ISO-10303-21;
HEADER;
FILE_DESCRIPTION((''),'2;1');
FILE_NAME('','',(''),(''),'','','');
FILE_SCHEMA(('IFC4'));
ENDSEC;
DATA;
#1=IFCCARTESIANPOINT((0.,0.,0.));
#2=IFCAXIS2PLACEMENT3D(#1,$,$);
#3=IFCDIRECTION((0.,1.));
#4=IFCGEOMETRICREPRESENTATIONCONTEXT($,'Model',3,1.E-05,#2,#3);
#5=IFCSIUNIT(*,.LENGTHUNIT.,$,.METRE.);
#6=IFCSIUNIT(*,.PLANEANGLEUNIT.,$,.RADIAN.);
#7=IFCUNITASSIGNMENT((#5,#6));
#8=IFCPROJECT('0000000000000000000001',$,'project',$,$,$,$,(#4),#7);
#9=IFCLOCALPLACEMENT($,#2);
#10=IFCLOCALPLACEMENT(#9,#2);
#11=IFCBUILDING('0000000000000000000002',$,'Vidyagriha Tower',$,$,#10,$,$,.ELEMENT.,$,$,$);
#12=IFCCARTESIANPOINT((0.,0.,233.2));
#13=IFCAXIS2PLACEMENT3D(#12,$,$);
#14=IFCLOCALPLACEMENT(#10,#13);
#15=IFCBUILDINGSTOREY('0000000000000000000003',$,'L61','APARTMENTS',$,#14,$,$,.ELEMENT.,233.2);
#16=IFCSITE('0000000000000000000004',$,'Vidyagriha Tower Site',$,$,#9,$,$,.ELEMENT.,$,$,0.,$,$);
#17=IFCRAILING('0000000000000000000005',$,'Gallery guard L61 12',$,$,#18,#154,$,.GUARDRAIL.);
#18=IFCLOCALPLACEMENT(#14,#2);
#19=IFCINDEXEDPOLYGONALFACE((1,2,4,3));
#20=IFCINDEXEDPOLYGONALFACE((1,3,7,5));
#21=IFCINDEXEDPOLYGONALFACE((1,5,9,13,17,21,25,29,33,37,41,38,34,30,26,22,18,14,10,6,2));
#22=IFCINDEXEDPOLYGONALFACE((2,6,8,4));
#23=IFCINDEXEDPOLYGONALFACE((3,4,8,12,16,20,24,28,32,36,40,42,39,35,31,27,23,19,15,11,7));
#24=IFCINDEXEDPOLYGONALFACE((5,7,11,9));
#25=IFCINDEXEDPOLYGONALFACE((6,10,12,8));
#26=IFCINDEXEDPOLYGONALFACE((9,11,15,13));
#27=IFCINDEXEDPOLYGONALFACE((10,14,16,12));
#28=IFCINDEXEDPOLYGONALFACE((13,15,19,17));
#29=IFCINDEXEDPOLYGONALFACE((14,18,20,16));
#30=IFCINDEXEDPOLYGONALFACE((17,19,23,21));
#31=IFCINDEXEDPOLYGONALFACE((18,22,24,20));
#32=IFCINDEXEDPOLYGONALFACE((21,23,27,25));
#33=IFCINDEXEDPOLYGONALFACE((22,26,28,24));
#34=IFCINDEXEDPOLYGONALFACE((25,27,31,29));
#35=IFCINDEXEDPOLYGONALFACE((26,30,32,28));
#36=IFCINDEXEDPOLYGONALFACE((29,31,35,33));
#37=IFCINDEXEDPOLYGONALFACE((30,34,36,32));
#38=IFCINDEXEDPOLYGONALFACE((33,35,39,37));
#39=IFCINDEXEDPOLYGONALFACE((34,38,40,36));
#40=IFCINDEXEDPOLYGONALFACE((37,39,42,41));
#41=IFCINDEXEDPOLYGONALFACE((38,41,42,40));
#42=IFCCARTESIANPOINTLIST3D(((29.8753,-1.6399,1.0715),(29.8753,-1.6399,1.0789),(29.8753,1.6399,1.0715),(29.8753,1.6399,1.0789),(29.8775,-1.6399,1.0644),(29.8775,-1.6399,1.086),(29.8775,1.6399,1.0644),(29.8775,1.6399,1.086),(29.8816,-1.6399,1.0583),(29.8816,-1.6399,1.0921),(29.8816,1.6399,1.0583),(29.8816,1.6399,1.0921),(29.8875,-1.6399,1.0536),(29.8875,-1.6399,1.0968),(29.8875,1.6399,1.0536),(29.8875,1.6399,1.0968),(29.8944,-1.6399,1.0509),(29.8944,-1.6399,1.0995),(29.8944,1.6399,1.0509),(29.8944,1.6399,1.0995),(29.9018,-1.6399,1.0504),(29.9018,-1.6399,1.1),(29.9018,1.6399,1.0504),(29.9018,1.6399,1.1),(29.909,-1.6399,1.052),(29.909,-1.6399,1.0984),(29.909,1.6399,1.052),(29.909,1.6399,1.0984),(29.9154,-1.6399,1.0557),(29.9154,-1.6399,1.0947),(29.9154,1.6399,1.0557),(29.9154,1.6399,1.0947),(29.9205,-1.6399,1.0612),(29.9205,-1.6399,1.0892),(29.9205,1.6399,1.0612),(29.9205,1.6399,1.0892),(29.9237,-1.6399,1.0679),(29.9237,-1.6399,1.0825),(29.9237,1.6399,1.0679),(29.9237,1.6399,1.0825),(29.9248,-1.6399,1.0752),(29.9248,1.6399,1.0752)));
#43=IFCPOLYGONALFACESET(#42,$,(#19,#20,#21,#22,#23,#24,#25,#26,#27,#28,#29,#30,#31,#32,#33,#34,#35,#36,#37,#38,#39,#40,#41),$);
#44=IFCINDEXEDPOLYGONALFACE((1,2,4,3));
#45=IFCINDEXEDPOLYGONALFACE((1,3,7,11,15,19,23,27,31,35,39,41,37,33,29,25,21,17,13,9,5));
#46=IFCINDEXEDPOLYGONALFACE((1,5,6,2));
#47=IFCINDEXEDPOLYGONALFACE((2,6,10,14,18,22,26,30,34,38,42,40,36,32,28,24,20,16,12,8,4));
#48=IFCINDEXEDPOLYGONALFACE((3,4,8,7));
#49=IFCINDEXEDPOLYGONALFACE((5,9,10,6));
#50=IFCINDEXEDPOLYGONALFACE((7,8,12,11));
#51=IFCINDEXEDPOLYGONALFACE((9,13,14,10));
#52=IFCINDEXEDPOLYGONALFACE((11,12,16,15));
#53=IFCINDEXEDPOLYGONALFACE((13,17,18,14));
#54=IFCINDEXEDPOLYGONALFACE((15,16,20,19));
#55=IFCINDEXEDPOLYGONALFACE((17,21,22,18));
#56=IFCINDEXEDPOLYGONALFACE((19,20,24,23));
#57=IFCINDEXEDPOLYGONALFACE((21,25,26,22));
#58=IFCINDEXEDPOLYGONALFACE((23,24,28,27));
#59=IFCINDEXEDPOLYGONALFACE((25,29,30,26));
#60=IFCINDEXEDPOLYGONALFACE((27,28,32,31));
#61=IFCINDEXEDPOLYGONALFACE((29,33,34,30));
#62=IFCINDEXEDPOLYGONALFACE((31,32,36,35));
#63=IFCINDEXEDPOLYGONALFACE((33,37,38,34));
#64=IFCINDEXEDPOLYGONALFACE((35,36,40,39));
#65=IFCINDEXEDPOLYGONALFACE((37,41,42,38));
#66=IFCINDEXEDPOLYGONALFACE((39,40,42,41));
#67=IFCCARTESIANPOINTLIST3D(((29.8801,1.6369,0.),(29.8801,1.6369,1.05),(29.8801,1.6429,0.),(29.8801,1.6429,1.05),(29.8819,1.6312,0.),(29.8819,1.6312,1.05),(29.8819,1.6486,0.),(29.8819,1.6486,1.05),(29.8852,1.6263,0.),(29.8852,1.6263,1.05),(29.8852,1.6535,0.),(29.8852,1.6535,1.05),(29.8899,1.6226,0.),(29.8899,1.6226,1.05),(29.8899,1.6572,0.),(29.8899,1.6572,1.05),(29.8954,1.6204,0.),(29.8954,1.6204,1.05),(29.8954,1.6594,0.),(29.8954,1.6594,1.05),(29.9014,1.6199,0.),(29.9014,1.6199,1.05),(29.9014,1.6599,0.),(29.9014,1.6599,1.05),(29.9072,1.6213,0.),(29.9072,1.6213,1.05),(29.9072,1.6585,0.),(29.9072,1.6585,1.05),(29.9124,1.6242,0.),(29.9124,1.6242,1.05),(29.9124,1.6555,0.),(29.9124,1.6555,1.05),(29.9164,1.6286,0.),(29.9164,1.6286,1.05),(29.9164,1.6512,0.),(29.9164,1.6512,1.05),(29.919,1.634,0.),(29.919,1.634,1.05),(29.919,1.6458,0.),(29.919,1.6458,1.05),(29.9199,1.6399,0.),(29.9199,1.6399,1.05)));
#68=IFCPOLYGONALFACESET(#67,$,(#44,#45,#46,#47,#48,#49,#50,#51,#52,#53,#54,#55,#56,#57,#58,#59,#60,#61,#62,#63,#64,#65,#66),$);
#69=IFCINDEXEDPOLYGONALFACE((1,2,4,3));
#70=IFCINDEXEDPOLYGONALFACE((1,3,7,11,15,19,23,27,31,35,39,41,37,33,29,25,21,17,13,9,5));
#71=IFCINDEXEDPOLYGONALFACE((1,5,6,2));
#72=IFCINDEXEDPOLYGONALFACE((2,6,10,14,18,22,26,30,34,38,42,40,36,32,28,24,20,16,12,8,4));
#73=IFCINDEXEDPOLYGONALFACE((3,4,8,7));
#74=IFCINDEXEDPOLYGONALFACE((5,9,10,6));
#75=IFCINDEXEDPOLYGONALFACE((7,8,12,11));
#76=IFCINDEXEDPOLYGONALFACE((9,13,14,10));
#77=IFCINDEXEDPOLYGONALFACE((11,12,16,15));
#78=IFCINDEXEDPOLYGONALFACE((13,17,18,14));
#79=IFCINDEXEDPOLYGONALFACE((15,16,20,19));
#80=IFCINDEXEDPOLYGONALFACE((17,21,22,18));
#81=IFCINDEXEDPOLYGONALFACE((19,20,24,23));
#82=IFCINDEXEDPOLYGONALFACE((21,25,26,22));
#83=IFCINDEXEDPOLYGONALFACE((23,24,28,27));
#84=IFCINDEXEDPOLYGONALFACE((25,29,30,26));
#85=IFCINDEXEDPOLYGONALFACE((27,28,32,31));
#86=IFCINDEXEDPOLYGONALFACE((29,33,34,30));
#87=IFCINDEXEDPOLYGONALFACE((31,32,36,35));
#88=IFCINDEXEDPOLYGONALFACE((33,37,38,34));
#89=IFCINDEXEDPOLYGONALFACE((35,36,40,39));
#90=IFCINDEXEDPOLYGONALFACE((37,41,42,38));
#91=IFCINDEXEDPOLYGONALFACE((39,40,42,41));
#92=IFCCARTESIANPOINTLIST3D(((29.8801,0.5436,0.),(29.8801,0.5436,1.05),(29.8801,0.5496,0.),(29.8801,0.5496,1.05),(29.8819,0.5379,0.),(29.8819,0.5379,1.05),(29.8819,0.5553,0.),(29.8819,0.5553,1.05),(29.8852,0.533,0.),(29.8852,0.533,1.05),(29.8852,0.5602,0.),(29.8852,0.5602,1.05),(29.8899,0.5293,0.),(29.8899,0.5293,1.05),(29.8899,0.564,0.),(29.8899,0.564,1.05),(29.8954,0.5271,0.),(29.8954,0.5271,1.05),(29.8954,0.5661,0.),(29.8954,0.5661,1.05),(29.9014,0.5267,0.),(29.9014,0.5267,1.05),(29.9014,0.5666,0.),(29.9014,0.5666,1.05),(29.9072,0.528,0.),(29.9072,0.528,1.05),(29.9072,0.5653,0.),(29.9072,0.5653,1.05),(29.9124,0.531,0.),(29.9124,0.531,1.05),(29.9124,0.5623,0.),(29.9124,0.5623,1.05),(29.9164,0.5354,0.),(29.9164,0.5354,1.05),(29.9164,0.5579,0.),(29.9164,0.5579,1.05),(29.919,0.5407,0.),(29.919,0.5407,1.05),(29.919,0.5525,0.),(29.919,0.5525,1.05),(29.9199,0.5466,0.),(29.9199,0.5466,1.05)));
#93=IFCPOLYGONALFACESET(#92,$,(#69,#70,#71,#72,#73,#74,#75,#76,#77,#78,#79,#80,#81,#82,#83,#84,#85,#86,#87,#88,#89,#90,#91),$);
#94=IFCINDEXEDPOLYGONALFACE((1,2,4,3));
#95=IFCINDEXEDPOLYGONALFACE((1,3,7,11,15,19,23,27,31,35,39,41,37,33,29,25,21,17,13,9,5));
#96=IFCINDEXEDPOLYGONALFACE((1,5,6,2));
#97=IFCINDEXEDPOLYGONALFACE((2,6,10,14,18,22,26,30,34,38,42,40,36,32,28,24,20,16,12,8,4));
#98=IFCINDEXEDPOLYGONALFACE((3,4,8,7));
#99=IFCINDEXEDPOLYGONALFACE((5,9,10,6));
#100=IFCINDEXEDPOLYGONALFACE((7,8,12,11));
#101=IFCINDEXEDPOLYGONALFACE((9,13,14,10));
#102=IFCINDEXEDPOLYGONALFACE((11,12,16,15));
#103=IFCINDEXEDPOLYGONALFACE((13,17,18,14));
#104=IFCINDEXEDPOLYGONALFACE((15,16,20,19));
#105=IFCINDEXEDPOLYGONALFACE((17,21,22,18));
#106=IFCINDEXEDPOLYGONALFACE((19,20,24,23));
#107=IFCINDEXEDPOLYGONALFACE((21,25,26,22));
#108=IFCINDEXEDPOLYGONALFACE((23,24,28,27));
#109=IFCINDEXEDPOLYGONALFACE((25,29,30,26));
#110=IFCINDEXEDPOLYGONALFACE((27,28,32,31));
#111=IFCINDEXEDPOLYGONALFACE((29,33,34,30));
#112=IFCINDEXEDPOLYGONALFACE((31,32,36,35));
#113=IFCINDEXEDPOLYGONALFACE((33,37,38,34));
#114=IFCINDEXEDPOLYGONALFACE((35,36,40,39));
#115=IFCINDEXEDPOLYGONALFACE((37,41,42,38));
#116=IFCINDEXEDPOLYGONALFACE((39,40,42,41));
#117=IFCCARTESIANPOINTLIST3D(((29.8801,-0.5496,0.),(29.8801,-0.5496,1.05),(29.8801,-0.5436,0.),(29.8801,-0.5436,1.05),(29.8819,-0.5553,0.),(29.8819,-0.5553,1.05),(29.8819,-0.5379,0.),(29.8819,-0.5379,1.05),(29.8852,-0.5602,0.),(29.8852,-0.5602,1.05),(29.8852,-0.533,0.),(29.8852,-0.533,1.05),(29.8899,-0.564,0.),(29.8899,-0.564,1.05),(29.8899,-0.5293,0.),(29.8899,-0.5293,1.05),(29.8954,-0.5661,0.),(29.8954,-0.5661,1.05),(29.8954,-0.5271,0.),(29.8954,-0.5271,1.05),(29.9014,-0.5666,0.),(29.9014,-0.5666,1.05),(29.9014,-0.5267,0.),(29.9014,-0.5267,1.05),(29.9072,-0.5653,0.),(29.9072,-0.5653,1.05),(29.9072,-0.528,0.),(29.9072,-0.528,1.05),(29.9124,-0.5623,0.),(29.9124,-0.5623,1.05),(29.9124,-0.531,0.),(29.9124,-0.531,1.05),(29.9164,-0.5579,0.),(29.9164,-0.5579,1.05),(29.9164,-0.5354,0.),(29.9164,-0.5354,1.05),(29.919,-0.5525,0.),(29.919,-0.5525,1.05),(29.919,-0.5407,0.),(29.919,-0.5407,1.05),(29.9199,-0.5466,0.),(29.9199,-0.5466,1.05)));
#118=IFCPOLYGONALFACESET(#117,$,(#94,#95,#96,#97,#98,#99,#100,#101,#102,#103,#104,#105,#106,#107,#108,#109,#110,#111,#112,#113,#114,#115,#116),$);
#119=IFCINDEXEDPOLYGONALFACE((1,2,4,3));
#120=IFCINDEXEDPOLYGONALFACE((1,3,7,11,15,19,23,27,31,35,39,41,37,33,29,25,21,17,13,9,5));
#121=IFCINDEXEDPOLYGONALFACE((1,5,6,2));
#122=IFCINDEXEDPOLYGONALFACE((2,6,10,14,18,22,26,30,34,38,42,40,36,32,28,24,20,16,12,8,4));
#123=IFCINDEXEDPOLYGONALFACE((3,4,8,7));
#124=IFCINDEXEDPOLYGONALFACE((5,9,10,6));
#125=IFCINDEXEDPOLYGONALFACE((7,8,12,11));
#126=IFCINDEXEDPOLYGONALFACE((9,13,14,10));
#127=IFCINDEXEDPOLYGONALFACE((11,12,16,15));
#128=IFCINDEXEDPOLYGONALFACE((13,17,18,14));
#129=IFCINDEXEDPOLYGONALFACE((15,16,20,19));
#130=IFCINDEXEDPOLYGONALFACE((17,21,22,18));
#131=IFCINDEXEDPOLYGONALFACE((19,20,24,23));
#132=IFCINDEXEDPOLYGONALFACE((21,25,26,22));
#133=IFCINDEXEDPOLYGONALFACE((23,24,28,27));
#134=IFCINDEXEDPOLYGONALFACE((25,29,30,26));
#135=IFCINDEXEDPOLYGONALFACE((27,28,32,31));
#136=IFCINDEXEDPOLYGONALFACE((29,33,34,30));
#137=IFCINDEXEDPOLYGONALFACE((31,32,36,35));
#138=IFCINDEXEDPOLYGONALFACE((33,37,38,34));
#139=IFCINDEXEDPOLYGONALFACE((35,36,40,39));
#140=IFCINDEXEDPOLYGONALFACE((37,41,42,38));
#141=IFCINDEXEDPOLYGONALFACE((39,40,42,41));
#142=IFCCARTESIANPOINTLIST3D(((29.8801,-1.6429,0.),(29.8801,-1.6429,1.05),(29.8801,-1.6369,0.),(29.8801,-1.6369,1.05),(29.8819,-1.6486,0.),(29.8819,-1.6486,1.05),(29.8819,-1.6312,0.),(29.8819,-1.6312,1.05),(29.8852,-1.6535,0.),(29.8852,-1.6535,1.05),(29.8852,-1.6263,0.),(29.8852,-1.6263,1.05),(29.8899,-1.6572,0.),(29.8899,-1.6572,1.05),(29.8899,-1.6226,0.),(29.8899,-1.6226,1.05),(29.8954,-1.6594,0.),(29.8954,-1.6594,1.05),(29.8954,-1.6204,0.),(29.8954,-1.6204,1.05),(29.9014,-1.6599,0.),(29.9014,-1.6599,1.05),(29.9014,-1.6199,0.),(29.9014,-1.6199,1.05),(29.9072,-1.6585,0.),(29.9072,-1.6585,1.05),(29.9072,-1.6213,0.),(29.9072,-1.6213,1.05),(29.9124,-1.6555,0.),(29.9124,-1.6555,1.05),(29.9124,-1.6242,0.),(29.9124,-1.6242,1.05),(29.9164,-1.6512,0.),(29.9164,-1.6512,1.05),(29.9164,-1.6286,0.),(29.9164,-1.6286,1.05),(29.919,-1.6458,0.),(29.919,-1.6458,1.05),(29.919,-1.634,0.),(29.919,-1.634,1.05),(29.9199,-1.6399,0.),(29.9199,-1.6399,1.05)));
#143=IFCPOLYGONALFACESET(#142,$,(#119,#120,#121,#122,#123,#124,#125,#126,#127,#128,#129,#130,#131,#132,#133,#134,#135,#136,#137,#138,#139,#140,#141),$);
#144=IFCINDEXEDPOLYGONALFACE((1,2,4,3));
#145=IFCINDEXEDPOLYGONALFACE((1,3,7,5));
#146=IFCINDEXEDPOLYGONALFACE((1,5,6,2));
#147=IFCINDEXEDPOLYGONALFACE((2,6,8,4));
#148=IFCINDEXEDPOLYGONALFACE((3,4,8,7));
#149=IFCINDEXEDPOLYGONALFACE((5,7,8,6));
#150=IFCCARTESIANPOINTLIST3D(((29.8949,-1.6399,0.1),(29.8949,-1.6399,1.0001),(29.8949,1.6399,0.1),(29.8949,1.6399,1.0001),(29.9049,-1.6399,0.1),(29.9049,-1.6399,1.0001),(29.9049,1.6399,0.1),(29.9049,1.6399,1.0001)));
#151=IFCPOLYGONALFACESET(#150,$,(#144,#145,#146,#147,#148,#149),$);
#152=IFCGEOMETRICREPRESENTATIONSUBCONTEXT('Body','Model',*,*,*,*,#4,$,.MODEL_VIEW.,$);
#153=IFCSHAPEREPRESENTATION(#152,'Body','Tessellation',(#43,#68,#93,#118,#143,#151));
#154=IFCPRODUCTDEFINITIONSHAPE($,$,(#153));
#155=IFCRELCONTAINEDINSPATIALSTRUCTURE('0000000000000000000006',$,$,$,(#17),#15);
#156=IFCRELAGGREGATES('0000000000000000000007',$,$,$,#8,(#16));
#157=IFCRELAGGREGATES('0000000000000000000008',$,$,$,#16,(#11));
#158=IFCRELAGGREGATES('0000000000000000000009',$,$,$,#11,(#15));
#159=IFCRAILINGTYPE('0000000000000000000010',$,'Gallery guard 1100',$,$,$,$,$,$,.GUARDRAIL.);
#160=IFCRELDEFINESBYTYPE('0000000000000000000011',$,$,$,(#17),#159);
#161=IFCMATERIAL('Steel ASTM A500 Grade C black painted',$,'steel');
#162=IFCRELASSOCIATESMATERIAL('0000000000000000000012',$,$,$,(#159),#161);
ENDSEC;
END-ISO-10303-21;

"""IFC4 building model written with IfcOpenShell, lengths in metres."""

from ifc_helpers import new_model, si_unit, direction, frame, origin, origin_2d, place, context, subcontext, project, spatial, rectangle, circle, extrude, material, type_object, element, save


model = new_model("IFC4")

# Units and contexts
model_context = context("Model", 3, precision=1e-05, world=origin(), true_north=direction((0.0, 1.0)))
body_context = subcontext(model_context, "Body", "Model", "MODEL_VIEW")
ifc_project = project(units=[si_unit("LENGTHUNIT", "METRE"), si_unit("PLANEANGLEUNIT", "RADIAN")], contexts=[model_context])

# Site, building, storey
site_placement = place(None, origin())
site = spatial("IfcSite", under=ifc_project, at=site_placement, Name="Vidyagriha Tower Site", CompositionType="ELEMENT", RefElevation=0.0)
building_placement = place(site_placement, origin())
building = spatial("IfcBuilding", under=site, at=building_placement, Name="Vidyagriha Tower", CompositionType="ELEMENT")
storey_placement = place(building_placement, frame((0.0, 0.0, 233.2)))
storey = spatial("IfcBuildingStorey", under=building, at=storey_placement, Name="L61", Description="APARTMENTS", CompositionType="ELEMENT", Elevation=233.2)

# Railing
ifc_material_1 = material(Name="Steel ASTM A500 Grade C black painted", Category="steel")
railing_type_1 = type_object("IfcRailingType", Name="Gallery guard 1100", PredefinedType="GUARDRAIL", material=ifc_material_1)
railing_1_placement = place(storey_placement, frame((29.8999, 1.6399, 0.0)))
element("IfcRailing", 1, at=railing_1_placement, inside=storey, type_object=railing_type_1, Name="Gallery guard L61 12", PredefinedType="GUARDRAIL", context=body_context, shape_type="SweptSolid", body=[
    extrude(circle(Radius=0.0249, at=origin_2d()), frame((0.0, 0.0, 1.0752), z_axis=(0.0, -1.0, 0.0), x_axis=(1.0, 0.0, 0.0)), (0.0, 0.0, 1.0), 3.2798),
    extrude(circle(Radius=0.02, at=origin_2d()), origin(), (0.0, 0.0, 1.0), 1.05),
    extrude(circle(Radius=0.02, at=origin_2d()), frame((0.0, -1.0933, 0.0)), (0.0, 0.0, 1.0), 1.05),
    extrude(circle(Radius=0.02, at=origin_2d()), frame((0.0, -2.1865, 0.0)), (0.0, 0.0, 1.0), 1.05),
    extrude(circle(Radius=0.02, at=origin_2d()), frame((0.0, -3.2798, 0.0)), (0.0, 0.0, 1.0), 1.05),
    extrude(rectangle(XDim=0.01, YDim=0.9001, at=origin_2d()), frame((0.0, 0.0, 0.55), z_axis=(0.0, -1.0, 0.0), x_axis=(1.0, 0.0, 0.0)), (0.0, 0.0, 1.0), 3.2798),
])

save(model, "model.ifc")
